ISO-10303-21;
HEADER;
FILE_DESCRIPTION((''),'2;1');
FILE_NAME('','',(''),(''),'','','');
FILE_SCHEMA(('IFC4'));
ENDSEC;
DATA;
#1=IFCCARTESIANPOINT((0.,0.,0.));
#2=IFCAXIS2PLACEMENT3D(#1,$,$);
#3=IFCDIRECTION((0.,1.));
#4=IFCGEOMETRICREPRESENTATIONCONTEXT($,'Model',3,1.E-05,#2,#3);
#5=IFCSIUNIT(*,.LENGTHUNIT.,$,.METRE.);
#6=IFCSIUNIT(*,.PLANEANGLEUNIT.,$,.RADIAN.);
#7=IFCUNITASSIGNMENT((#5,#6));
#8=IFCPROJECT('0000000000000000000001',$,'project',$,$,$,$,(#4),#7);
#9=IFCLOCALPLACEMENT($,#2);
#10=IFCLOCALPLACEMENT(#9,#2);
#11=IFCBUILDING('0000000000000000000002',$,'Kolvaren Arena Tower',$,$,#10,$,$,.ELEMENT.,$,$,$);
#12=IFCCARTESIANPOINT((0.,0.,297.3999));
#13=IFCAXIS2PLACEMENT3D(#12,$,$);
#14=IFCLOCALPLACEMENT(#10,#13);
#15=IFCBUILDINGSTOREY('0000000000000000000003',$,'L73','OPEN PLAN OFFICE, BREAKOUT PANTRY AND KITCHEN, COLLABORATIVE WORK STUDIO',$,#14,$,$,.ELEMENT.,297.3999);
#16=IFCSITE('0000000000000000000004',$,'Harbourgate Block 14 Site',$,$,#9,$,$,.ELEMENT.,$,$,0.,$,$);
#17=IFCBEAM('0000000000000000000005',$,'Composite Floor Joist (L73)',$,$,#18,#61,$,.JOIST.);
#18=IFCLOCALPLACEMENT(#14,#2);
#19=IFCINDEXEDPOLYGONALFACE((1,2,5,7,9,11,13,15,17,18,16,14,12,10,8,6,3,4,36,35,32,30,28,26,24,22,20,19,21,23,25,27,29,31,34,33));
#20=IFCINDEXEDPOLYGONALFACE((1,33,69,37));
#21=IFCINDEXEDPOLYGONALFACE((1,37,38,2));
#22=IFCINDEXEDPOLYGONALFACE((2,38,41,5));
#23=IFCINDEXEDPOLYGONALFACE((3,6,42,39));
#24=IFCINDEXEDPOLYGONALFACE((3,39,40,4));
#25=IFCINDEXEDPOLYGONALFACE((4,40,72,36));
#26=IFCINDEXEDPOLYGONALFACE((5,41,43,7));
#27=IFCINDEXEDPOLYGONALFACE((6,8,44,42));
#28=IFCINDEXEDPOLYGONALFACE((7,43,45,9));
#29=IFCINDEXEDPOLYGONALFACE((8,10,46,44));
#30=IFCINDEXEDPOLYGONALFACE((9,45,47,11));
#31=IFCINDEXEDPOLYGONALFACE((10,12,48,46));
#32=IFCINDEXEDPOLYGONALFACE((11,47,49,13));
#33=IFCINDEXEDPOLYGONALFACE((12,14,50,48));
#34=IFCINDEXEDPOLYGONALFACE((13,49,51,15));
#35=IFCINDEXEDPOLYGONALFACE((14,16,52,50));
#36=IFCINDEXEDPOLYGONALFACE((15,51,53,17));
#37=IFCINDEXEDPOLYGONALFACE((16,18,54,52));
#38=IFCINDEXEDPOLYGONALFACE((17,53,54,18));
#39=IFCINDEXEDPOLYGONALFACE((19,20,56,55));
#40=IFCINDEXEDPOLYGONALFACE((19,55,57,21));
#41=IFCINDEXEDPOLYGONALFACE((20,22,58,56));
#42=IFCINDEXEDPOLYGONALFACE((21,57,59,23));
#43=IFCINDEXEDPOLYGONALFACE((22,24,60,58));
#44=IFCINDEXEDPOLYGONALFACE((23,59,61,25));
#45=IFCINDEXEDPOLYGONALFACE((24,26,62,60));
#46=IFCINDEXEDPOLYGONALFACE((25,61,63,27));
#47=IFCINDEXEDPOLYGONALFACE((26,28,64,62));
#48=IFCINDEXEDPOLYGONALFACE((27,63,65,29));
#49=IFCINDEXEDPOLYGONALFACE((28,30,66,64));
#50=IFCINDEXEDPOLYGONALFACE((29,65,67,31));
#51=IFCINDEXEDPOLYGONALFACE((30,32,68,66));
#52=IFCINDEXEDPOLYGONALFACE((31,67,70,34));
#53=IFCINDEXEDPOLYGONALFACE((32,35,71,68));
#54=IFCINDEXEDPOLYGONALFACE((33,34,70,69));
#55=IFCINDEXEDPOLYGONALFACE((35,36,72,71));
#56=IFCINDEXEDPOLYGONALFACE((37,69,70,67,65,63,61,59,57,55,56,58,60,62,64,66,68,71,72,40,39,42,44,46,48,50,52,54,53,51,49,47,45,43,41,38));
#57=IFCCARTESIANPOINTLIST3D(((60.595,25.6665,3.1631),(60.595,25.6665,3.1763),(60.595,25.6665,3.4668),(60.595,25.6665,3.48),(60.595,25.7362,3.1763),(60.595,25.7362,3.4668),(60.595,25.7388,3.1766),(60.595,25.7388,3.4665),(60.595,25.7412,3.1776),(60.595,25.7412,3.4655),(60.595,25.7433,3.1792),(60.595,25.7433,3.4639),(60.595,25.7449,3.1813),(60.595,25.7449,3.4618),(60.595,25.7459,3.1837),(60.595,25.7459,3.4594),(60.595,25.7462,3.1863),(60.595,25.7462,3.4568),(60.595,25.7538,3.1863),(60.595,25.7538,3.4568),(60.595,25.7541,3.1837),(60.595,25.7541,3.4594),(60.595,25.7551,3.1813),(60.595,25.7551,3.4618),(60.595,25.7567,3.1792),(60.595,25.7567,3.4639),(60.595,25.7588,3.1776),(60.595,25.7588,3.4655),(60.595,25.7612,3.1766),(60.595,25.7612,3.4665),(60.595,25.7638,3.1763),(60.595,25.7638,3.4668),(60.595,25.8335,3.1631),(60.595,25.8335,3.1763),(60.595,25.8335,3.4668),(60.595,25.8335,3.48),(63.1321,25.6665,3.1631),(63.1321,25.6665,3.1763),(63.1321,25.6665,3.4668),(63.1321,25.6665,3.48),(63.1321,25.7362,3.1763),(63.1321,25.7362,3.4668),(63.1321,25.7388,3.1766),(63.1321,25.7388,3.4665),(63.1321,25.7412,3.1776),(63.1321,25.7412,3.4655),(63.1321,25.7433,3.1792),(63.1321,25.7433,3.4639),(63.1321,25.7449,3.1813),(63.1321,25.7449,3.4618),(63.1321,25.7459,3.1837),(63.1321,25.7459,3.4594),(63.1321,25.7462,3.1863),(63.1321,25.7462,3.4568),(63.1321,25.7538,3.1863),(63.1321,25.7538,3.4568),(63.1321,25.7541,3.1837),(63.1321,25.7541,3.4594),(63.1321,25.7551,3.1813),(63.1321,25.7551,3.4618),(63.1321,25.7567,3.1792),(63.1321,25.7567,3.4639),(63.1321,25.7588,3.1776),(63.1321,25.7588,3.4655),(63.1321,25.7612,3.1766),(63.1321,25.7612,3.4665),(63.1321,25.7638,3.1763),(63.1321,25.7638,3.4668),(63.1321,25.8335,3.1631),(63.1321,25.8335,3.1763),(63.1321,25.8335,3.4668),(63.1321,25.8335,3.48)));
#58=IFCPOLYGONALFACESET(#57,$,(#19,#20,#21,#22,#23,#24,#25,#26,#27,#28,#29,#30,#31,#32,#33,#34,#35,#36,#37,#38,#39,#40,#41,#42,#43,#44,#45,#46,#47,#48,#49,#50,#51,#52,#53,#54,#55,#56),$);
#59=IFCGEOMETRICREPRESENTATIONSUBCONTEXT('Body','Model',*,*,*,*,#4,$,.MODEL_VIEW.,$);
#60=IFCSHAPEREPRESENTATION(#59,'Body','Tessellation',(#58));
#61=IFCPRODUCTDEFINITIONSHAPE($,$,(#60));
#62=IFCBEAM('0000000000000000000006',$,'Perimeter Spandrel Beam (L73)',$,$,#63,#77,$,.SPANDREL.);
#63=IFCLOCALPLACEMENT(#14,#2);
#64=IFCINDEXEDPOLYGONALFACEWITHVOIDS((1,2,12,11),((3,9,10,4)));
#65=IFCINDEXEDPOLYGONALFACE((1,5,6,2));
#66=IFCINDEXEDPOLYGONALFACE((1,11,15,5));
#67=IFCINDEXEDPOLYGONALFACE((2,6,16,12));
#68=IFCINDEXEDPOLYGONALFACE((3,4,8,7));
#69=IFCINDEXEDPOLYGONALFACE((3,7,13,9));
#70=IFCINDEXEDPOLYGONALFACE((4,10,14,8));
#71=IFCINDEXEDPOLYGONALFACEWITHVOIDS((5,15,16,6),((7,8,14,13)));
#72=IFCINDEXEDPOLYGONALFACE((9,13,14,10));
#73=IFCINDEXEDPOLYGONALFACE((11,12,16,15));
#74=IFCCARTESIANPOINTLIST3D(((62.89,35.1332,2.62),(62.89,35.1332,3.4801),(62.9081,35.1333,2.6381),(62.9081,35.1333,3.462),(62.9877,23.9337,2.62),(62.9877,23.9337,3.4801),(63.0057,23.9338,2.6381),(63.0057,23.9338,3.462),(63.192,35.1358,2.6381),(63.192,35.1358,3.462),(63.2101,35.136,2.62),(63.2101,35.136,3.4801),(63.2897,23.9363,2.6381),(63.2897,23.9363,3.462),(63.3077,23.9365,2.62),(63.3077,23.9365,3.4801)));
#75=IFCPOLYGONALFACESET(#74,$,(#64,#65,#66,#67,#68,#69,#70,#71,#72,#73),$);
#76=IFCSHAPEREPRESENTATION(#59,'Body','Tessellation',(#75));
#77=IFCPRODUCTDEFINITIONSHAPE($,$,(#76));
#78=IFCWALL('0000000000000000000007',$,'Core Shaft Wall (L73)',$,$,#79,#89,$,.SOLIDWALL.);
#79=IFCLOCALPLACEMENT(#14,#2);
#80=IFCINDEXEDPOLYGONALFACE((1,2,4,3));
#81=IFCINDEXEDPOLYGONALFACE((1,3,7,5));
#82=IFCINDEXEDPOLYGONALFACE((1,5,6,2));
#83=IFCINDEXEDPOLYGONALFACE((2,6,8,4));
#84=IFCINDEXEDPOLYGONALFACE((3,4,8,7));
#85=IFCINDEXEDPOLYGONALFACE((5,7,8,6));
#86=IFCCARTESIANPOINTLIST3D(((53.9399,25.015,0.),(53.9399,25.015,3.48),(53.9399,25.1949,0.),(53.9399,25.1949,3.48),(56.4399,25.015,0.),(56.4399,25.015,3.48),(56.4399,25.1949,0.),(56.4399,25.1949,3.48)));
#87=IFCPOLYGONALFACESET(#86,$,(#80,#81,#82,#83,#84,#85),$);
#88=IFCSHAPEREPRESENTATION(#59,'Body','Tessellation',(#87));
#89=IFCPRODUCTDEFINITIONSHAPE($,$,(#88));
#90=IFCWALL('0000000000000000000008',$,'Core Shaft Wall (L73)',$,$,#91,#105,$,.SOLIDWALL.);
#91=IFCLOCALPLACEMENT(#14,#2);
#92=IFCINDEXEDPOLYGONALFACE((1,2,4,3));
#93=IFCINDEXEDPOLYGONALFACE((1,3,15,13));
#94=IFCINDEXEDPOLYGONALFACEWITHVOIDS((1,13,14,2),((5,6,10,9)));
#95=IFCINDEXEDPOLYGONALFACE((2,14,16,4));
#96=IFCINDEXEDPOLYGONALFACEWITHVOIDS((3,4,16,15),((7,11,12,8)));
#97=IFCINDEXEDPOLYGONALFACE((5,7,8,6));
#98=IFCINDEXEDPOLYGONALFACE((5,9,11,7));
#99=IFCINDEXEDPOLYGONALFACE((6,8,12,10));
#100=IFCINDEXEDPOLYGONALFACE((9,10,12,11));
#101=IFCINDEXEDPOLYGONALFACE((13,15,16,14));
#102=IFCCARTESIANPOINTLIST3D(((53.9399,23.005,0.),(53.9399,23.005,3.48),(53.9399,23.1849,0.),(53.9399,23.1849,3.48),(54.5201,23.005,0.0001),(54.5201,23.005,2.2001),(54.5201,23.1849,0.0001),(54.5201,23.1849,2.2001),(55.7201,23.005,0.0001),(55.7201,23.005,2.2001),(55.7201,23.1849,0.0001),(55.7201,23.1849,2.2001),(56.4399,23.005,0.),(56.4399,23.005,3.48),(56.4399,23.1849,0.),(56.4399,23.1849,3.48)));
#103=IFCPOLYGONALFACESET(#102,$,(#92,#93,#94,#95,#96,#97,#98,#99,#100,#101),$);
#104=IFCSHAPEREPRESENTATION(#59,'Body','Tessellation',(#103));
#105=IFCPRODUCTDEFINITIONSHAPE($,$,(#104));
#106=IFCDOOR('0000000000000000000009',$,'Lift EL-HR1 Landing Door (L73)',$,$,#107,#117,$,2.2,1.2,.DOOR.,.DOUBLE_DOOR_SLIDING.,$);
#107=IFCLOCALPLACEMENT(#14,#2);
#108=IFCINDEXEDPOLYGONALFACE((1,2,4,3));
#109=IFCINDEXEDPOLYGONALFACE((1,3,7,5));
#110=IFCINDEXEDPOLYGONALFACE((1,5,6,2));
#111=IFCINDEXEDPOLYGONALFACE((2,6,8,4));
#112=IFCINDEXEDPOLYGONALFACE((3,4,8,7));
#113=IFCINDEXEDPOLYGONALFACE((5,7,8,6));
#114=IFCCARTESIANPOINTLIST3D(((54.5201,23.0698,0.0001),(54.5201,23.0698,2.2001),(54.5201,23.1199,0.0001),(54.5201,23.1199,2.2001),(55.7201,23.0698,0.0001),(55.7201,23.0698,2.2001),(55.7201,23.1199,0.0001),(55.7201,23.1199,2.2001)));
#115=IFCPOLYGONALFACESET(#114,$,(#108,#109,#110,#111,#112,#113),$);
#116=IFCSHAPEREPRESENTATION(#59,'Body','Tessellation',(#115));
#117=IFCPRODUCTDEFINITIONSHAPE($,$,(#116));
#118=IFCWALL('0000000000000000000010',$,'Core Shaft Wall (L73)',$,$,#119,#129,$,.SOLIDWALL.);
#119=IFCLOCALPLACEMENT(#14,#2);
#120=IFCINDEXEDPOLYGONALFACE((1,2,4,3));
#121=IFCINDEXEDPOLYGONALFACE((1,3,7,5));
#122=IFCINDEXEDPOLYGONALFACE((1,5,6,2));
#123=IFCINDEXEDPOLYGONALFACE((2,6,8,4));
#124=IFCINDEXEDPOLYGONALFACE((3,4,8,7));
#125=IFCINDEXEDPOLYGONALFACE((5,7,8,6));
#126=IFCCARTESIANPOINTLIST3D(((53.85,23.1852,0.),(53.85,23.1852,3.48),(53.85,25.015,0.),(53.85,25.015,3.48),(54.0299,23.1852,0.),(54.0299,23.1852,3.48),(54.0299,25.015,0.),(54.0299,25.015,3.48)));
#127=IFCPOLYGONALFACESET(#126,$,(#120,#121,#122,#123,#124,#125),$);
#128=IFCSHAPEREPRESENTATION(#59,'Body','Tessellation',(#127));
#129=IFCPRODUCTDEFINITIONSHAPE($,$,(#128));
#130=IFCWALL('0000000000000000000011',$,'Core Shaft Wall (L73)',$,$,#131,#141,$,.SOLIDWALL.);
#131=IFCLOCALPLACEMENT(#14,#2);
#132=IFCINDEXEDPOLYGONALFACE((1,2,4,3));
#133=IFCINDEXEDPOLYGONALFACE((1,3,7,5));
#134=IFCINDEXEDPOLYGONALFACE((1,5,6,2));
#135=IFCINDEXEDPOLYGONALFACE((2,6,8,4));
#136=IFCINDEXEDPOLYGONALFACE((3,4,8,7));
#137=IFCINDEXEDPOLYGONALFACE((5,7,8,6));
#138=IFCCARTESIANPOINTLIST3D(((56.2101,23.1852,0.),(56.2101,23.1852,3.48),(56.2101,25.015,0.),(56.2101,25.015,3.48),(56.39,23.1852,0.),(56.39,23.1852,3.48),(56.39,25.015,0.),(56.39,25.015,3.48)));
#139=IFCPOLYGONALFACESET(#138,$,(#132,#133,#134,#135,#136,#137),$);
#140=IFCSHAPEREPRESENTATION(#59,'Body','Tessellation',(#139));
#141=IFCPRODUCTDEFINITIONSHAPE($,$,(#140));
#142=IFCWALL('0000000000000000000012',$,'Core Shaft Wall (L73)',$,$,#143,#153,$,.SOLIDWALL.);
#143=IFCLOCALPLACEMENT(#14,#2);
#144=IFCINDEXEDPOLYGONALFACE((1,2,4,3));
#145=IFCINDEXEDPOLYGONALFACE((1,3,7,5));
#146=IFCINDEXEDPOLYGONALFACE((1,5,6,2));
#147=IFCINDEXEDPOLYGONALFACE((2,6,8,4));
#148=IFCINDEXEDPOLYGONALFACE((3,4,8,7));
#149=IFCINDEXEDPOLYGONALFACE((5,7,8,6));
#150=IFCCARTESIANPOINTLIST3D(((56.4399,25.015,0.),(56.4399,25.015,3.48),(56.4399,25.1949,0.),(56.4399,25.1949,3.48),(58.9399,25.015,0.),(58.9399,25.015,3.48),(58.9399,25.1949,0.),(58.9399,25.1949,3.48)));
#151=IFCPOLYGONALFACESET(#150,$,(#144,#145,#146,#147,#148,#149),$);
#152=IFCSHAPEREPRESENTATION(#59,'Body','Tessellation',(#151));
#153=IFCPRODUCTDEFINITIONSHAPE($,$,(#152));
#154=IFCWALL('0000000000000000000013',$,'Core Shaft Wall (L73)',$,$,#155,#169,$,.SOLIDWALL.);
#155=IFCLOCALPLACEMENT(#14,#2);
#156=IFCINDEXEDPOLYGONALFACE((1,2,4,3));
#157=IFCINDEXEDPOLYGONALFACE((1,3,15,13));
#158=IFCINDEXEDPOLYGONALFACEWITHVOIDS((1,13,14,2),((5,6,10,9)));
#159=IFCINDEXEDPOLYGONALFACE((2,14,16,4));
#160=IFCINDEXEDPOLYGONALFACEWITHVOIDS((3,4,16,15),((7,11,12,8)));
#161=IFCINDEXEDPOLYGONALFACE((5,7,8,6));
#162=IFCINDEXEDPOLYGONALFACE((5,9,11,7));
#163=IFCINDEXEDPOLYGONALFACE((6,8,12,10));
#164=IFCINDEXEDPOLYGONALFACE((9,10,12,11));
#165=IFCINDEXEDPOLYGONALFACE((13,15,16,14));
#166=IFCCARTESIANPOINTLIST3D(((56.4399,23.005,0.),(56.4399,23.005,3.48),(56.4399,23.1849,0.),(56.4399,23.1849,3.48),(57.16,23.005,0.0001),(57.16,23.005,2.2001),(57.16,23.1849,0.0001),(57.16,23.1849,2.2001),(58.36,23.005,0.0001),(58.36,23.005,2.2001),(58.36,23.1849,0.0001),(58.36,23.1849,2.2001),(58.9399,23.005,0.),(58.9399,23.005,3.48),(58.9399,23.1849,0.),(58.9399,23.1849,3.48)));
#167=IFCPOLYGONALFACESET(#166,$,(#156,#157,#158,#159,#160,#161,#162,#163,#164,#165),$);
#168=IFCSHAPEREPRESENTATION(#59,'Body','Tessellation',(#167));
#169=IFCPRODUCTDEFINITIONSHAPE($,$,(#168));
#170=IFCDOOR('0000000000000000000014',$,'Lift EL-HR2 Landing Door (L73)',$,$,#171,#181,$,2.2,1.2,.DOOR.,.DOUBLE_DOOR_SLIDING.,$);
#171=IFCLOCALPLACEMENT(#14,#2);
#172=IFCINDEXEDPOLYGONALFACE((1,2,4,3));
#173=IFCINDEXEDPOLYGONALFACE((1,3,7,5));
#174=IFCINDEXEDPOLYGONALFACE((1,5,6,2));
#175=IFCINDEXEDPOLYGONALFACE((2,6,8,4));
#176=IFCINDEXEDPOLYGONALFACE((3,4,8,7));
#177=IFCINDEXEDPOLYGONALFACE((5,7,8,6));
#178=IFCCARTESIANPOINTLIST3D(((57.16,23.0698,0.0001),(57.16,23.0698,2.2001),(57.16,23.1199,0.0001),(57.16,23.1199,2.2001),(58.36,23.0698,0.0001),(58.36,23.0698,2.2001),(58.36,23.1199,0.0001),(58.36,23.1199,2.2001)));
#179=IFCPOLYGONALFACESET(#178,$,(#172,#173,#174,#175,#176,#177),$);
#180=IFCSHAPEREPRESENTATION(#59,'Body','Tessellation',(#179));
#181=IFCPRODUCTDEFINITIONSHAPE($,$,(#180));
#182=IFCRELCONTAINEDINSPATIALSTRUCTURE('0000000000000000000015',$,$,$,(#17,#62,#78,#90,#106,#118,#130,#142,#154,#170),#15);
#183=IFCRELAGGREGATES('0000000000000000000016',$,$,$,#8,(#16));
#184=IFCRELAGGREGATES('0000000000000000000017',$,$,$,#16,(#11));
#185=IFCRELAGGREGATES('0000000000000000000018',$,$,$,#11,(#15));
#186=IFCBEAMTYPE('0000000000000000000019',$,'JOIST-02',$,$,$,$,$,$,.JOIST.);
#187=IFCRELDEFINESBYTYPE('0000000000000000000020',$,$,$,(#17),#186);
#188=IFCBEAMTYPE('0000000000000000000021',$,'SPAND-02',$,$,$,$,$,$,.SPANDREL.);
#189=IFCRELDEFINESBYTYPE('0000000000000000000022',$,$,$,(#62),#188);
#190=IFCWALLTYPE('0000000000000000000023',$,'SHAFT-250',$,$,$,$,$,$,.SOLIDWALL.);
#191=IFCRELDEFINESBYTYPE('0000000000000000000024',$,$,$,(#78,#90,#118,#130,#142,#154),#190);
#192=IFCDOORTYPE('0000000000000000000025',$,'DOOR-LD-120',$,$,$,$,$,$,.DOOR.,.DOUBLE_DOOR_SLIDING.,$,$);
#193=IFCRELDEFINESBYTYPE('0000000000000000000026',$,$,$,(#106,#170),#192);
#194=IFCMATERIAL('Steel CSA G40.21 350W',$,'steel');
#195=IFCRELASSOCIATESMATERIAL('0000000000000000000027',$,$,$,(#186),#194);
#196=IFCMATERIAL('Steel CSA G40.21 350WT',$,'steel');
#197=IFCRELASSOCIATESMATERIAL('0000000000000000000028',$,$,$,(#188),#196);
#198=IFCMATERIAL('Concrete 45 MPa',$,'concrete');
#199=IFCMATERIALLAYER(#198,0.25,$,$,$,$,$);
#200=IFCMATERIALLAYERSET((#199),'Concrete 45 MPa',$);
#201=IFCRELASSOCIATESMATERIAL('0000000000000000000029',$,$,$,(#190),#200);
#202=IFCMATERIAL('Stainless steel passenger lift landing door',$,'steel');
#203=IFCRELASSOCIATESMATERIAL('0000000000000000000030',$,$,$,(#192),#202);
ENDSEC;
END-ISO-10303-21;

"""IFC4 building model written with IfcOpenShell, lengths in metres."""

from ifc_helpers import new_model, si_unit, direction, frame, frame_2d, origin, origin_2d, place, context, subcontext, project, spatial, rectangle, hollow_rectangle, i_section, extrude, material, layer, layer_set, material_profile, profile_set, type_object, element, fill, save


model = new_model("IFC4")

# Units and contexts
model_context = context("Model", 3, precision=1e-05, world=origin(), true_north=direction((0.0, 1.0)))
body_context = subcontext(model_context, "Body", "Model", "MODEL_VIEW")
ifc_project = project(units=[si_unit("LENGTHUNIT", "METRE"), si_unit("PLANEANGLEUNIT", "RADIAN")], contexts=[model_context])

# Site, building, storey
site_placement = place(None, origin())
site = spatial("IfcSite", under=ifc_project, at=site_placement, Name="Harbourgate Block 14 Site", CompositionType="ELEMENT", RefElevation=0.0)
building_placement = place(site_placement, origin())
building = spatial("IfcBuilding", under=site, at=building_placement, Name="Kolvaren Arena Tower", CompositionType="ELEMENT")
storey_placement = place(building_placement, frame((0.0, 0.0, 297.3999)))
storey = spatial("IfcBuildingStorey", under=building, at=storey_placement, Name="L73", Description="OPEN PLAN OFFICE, BREAKOUT PANTRY AND KITCHEN, COLLABORATIVE WORK STUDIO", CompositionType="ELEMENT", Elevation=297.3999)

# Beams
ifc_material_1 = material(Name="Steel CSA G40.21 350W", Category="steel")
ifc_material_profile_1 = material_profile(ifc_material_1, i_section(OverallWidth=0.167, OverallDepth=0.3169, WebThickness=0.0076, FlangeThickness=0.0132, FilletRadius=0.01, at=origin_2d()), Name="W310x52")
ifc_profile_set_1 = profile_set([ifc_material_profile_1], Name="Steel CSA G40.21 350W")
beam_type_1 = type_object("IfcBeamType", Name="JOIST-02", PredefinedType="JOIST", material=ifc_profile_set_1)
beam_1_placement = place(storey_placement, frame((60.595, 25.75, 3.3215), z_axis=(1.0, 0.0, 0.0), x_axis=(0.0, 1.0, 0.0)))
element("IfcBeam", 1, at=beam_1_placement, inside=storey, type_object=beam_type_1, Name="Composite Floor Joist (L73)", PredefinedType="JOIST", context=body_context, shape_type="SweptSolid", body=[
    extrude(i_section(OverallWidth=0.167, OverallDepth=0.3169, WebThickness=0.0076, FlangeThickness=0.0132, FilletRadius=0.01, at=origin_2d()), origin(), (0.0, 0.0, 1.0), 2.5371),
])
ifc_material_2 = material(Name="Steel CSA G40.21 350WT", Category="steel")
ifc_material_profile_2 = material_profile(ifc_material_2, hollow_rectangle(XDim=0.3201, YDim=0.8601, WallThickness=0.0181, at=origin_2d()), Name="HSS 860x320x18")
ifc_profile_set_2 = profile_set([ifc_material_profile_2], Name="Steel CSA G40.21 350WT")
beam_type_2 = type_object("IfcBeamType", Name="SPAND-02", PredefinedType="SPANDREL", material=ifc_profile_set_2)
beam_2_placement = place(storey_placement, frame((63.1477, 23.9351, 3.05), z_axis=(-0.008719, 0.999962, 0.0), x_axis=(-0.999962, -0.008719, 0.0)))
element("IfcBeam", 2, at=beam_2_placement, inside=storey, type_object=beam_type_2, Name="Perimeter Spandrel Beam (L73)", PredefinedType="SPANDREL", context=body_context, shape_type="SweptSolid", body=[
    extrude(hollow_rectangle(XDim=0.3201, YDim=0.8601, WallThickness=0.0181, at=origin_2d()), origin(), (0.0, 0.0, 1.0), 11.2),
])

# Wall
ifc_material_3 = material(Name="Concrete 45 MPa", Category="concrete")
ifc_layer = layer(ifc_material_3, 0.25)
ifc_layer_set = layer_set([ifc_layer], Name="Concrete 45 MPa")
wall_type = type_object("IfcWallType", Name="SHAFT-250", PredefinedType="SOLIDWALL", material=ifc_layer_set)
wall_1_placement = place(storey_placement, frame((53.9399, 25.105, 0.0), z_axis=(0.0, 0.0, 1.0), x_axis=(1.0, 0.0, 0.0)))
element("IfcWall", 3, at=wall_1_placement, inside=storey, type_object=wall_type, Name="Core Shaft Wall (L73)", PredefinedType="SOLIDWALL", context=body_context, shape_type="SweptSolid", body=[
    extrude(rectangle(XDim=2.5, YDim=0.1799, at=frame_2d((1.25, 0.0))), origin(), (0.0, 0.0, 1.0), 3.48),
])

# Wall, opening, door
wall_2_placement = place(storey_placement, frame((53.9399, 23.095, 0.0), z_axis=(0.0, 0.0, 1.0), x_axis=(1.0, 0.0, 0.0)))
wall_2 = element("IfcWall", 4, at=wall_2_placement, inside=storey, type_object=wall_type, Name="Core Shaft Wall (L73)", PredefinedType="SOLIDWALL", context=body_context, shape_type="SweptSolid", body=[
    extrude(rectangle(XDim=2.5, YDim=0.1799, at=frame_2d((1.25, 0.0))), origin(), (0.0, 0.0, 1.0), 3.48),
])
opening_1_placement = place(wall_2_placement, frame((0.5801, 0.0, 0.0)))
opening_1 = element("IfcOpeningElement", 5, at=opening_1_placement, cuts=wall_2, PredefinedType="OPENING", context=body_context, shape_type="SweptSolid", body=[
    extrude(rectangle(XDim=1.2, YDim=2.2, at=frame_2d((0.6001, 1.1001))), frame((0.0, 0.0999, 0.0), z_axis=(0.0, -1.0, 0.0), x_axis=(1.0, 0.0, 0.0)), (0.0, 0.0, 1.0), 0.2),
])
ifc_material_4 = material(Name="Stainless steel passenger lift landing door", Category="steel")
door_type = type_object("IfcDoorType", Name="DOOR-LD-120", OperationType="DOUBLE_DOOR_SLIDING", PredefinedType="DOOR", material=ifc_material_4)
door_1_placement = place(opening_1_placement, origin())
door_1 = element("IfcDoor", 6, at=door_1_placement, inside=storey, type_object=door_type, Name="Lift EL-HR1 Landing Door (L73)", OperationType="DOUBLE_DOOR_SLIDING", OverallHeight=2.2, OverallWidth=1.2, PredefinedType="DOOR", context=body_context, shape_type="SweptSolid", body=[
    extrude(rectangle(XDim=1.2, YDim=2.2, at=frame_2d((0.6001, 1.1001))), frame((0.0, 0.0249, 0.0), z_axis=(0.0, -1.0, 0.0), x_axis=(1.0, 0.0, 0.0)), (0.0, 0.0, 1.0), 0.05),
])
fill(opening_1, door_1)

# Walls
for number, where, z_axis, x_axis, name in (
    (7, (53.9399, 23.1851, 0.0), (0.0, 0.0, 1.0), (0.0, 1.0, 0.0), "Core Shaft Wall (L73)"),
    (8, (56.3, 23.1851, 0.0), (0.0, 0.0, 1.0), (0.0, 1.0, 0.0), "Core Shaft Wall (L73)"),
):
    element("IfcWall", number, at=place(storey_placement, frame(where, z_axis=z_axis, x_axis=x_axis)), inside=storey, type_object=wall_type, Name=name, PredefinedType="SOLIDWALL", context=body_context, shape_type="SweptSolid", body=[
        extrude(rectangle(XDim=1.8298, YDim=0.1799, at=frame_2d((0.915, 0.0))), origin(), (0.0, 0.0, 1.0), 3.48),
    ])
wall_3_placement = place(storey_placement, frame((56.4399, 25.105, 0.0), z_axis=(0.0, 0.0, 1.0), x_axis=(1.0, 0.0, 0.0)))
element("IfcWall", 9, at=wall_3_placement, inside=storey, type_object=wall_type, Name="Core Shaft Wall (L73)", PredefinedType="SOLIDWALL", context=body_context, shape_type="SweptSolid", body=[
    extrude(rectangle(XDim=2.5, YDim=0.1799, at=frame_2d((1.25, 0.0))), origin(), (0.0, 0.0, 1.0), 3.48),
])

# Wall, opening, door
wall_4_placement = place(storey_placement, frame((56.4399, 23.095, 0.0), z_axis=(0.0, 0.0, 1.0), x_axis=(1.0, 0.0, 0.0)))
wall_4 = element("IfcWall", 10, at=wall_4_placement, inside=storey, type_object=wall_type, Name="Core Shaft Wall (L73)", PredefinedType="SOLIDWALL", context=body_context, shape_type="SweptSolid", body=[
    extrude(rectangle(XDim=2.5, YDim=0.1799, at=frame_2d((1.25, 0.0))), origin(), (0.0, 0.0, 1.0), 3.48),
])
opening_2_placement = place(wall_4_placement, frame((0.72, 0.0, 0.0)))
opening_2 = element("IfcOpeningElement", 11, at=opening_2_placement, cuts=wall_4, PredefinedType="OPENING", context=body_context, shape_type="SweptSolid", body=[
    extrude(rectangle(XDim=1.2, YDim=2.2, at=frame_2d((0.6001, 1.1001))), frame((0.0, 0.0999, 0.0), z_axis=(0.0, -1.0, 0.0), x_axis=(1.0, 0.0, 0.0)), (0.0, 0.0, 1.0), 0.2),
])
door_2_placement = place(opening_2_placement, origin())
door_2 = element("IfcDoor", 12, at=door_2_placement, inside=storey, type_object=door_type, Name="Lift EL-HR2 Landing Door (L73)", OperationType="DOUBLE_DOOR_SLIDING", OverallHeight=2.2, OverallWidth=1.2, PredefinedType="DOOR", context=body_context, shape_type="SweptSolid", body=[
    extrude(rectangle(XDim=1.2, YDim=2.2, at=frame_2d((0.6001, 1.1001))), frame((0.0, 0.0249, 0.0), z_axis=(0.0, -1.0, 0.0), x_axis=(1.0, 0.0, 0.0)), (0.0, 0.0, 1.0), 0.05),
])
fill(opening_2, door_2)

save(model, "model.ifc")
